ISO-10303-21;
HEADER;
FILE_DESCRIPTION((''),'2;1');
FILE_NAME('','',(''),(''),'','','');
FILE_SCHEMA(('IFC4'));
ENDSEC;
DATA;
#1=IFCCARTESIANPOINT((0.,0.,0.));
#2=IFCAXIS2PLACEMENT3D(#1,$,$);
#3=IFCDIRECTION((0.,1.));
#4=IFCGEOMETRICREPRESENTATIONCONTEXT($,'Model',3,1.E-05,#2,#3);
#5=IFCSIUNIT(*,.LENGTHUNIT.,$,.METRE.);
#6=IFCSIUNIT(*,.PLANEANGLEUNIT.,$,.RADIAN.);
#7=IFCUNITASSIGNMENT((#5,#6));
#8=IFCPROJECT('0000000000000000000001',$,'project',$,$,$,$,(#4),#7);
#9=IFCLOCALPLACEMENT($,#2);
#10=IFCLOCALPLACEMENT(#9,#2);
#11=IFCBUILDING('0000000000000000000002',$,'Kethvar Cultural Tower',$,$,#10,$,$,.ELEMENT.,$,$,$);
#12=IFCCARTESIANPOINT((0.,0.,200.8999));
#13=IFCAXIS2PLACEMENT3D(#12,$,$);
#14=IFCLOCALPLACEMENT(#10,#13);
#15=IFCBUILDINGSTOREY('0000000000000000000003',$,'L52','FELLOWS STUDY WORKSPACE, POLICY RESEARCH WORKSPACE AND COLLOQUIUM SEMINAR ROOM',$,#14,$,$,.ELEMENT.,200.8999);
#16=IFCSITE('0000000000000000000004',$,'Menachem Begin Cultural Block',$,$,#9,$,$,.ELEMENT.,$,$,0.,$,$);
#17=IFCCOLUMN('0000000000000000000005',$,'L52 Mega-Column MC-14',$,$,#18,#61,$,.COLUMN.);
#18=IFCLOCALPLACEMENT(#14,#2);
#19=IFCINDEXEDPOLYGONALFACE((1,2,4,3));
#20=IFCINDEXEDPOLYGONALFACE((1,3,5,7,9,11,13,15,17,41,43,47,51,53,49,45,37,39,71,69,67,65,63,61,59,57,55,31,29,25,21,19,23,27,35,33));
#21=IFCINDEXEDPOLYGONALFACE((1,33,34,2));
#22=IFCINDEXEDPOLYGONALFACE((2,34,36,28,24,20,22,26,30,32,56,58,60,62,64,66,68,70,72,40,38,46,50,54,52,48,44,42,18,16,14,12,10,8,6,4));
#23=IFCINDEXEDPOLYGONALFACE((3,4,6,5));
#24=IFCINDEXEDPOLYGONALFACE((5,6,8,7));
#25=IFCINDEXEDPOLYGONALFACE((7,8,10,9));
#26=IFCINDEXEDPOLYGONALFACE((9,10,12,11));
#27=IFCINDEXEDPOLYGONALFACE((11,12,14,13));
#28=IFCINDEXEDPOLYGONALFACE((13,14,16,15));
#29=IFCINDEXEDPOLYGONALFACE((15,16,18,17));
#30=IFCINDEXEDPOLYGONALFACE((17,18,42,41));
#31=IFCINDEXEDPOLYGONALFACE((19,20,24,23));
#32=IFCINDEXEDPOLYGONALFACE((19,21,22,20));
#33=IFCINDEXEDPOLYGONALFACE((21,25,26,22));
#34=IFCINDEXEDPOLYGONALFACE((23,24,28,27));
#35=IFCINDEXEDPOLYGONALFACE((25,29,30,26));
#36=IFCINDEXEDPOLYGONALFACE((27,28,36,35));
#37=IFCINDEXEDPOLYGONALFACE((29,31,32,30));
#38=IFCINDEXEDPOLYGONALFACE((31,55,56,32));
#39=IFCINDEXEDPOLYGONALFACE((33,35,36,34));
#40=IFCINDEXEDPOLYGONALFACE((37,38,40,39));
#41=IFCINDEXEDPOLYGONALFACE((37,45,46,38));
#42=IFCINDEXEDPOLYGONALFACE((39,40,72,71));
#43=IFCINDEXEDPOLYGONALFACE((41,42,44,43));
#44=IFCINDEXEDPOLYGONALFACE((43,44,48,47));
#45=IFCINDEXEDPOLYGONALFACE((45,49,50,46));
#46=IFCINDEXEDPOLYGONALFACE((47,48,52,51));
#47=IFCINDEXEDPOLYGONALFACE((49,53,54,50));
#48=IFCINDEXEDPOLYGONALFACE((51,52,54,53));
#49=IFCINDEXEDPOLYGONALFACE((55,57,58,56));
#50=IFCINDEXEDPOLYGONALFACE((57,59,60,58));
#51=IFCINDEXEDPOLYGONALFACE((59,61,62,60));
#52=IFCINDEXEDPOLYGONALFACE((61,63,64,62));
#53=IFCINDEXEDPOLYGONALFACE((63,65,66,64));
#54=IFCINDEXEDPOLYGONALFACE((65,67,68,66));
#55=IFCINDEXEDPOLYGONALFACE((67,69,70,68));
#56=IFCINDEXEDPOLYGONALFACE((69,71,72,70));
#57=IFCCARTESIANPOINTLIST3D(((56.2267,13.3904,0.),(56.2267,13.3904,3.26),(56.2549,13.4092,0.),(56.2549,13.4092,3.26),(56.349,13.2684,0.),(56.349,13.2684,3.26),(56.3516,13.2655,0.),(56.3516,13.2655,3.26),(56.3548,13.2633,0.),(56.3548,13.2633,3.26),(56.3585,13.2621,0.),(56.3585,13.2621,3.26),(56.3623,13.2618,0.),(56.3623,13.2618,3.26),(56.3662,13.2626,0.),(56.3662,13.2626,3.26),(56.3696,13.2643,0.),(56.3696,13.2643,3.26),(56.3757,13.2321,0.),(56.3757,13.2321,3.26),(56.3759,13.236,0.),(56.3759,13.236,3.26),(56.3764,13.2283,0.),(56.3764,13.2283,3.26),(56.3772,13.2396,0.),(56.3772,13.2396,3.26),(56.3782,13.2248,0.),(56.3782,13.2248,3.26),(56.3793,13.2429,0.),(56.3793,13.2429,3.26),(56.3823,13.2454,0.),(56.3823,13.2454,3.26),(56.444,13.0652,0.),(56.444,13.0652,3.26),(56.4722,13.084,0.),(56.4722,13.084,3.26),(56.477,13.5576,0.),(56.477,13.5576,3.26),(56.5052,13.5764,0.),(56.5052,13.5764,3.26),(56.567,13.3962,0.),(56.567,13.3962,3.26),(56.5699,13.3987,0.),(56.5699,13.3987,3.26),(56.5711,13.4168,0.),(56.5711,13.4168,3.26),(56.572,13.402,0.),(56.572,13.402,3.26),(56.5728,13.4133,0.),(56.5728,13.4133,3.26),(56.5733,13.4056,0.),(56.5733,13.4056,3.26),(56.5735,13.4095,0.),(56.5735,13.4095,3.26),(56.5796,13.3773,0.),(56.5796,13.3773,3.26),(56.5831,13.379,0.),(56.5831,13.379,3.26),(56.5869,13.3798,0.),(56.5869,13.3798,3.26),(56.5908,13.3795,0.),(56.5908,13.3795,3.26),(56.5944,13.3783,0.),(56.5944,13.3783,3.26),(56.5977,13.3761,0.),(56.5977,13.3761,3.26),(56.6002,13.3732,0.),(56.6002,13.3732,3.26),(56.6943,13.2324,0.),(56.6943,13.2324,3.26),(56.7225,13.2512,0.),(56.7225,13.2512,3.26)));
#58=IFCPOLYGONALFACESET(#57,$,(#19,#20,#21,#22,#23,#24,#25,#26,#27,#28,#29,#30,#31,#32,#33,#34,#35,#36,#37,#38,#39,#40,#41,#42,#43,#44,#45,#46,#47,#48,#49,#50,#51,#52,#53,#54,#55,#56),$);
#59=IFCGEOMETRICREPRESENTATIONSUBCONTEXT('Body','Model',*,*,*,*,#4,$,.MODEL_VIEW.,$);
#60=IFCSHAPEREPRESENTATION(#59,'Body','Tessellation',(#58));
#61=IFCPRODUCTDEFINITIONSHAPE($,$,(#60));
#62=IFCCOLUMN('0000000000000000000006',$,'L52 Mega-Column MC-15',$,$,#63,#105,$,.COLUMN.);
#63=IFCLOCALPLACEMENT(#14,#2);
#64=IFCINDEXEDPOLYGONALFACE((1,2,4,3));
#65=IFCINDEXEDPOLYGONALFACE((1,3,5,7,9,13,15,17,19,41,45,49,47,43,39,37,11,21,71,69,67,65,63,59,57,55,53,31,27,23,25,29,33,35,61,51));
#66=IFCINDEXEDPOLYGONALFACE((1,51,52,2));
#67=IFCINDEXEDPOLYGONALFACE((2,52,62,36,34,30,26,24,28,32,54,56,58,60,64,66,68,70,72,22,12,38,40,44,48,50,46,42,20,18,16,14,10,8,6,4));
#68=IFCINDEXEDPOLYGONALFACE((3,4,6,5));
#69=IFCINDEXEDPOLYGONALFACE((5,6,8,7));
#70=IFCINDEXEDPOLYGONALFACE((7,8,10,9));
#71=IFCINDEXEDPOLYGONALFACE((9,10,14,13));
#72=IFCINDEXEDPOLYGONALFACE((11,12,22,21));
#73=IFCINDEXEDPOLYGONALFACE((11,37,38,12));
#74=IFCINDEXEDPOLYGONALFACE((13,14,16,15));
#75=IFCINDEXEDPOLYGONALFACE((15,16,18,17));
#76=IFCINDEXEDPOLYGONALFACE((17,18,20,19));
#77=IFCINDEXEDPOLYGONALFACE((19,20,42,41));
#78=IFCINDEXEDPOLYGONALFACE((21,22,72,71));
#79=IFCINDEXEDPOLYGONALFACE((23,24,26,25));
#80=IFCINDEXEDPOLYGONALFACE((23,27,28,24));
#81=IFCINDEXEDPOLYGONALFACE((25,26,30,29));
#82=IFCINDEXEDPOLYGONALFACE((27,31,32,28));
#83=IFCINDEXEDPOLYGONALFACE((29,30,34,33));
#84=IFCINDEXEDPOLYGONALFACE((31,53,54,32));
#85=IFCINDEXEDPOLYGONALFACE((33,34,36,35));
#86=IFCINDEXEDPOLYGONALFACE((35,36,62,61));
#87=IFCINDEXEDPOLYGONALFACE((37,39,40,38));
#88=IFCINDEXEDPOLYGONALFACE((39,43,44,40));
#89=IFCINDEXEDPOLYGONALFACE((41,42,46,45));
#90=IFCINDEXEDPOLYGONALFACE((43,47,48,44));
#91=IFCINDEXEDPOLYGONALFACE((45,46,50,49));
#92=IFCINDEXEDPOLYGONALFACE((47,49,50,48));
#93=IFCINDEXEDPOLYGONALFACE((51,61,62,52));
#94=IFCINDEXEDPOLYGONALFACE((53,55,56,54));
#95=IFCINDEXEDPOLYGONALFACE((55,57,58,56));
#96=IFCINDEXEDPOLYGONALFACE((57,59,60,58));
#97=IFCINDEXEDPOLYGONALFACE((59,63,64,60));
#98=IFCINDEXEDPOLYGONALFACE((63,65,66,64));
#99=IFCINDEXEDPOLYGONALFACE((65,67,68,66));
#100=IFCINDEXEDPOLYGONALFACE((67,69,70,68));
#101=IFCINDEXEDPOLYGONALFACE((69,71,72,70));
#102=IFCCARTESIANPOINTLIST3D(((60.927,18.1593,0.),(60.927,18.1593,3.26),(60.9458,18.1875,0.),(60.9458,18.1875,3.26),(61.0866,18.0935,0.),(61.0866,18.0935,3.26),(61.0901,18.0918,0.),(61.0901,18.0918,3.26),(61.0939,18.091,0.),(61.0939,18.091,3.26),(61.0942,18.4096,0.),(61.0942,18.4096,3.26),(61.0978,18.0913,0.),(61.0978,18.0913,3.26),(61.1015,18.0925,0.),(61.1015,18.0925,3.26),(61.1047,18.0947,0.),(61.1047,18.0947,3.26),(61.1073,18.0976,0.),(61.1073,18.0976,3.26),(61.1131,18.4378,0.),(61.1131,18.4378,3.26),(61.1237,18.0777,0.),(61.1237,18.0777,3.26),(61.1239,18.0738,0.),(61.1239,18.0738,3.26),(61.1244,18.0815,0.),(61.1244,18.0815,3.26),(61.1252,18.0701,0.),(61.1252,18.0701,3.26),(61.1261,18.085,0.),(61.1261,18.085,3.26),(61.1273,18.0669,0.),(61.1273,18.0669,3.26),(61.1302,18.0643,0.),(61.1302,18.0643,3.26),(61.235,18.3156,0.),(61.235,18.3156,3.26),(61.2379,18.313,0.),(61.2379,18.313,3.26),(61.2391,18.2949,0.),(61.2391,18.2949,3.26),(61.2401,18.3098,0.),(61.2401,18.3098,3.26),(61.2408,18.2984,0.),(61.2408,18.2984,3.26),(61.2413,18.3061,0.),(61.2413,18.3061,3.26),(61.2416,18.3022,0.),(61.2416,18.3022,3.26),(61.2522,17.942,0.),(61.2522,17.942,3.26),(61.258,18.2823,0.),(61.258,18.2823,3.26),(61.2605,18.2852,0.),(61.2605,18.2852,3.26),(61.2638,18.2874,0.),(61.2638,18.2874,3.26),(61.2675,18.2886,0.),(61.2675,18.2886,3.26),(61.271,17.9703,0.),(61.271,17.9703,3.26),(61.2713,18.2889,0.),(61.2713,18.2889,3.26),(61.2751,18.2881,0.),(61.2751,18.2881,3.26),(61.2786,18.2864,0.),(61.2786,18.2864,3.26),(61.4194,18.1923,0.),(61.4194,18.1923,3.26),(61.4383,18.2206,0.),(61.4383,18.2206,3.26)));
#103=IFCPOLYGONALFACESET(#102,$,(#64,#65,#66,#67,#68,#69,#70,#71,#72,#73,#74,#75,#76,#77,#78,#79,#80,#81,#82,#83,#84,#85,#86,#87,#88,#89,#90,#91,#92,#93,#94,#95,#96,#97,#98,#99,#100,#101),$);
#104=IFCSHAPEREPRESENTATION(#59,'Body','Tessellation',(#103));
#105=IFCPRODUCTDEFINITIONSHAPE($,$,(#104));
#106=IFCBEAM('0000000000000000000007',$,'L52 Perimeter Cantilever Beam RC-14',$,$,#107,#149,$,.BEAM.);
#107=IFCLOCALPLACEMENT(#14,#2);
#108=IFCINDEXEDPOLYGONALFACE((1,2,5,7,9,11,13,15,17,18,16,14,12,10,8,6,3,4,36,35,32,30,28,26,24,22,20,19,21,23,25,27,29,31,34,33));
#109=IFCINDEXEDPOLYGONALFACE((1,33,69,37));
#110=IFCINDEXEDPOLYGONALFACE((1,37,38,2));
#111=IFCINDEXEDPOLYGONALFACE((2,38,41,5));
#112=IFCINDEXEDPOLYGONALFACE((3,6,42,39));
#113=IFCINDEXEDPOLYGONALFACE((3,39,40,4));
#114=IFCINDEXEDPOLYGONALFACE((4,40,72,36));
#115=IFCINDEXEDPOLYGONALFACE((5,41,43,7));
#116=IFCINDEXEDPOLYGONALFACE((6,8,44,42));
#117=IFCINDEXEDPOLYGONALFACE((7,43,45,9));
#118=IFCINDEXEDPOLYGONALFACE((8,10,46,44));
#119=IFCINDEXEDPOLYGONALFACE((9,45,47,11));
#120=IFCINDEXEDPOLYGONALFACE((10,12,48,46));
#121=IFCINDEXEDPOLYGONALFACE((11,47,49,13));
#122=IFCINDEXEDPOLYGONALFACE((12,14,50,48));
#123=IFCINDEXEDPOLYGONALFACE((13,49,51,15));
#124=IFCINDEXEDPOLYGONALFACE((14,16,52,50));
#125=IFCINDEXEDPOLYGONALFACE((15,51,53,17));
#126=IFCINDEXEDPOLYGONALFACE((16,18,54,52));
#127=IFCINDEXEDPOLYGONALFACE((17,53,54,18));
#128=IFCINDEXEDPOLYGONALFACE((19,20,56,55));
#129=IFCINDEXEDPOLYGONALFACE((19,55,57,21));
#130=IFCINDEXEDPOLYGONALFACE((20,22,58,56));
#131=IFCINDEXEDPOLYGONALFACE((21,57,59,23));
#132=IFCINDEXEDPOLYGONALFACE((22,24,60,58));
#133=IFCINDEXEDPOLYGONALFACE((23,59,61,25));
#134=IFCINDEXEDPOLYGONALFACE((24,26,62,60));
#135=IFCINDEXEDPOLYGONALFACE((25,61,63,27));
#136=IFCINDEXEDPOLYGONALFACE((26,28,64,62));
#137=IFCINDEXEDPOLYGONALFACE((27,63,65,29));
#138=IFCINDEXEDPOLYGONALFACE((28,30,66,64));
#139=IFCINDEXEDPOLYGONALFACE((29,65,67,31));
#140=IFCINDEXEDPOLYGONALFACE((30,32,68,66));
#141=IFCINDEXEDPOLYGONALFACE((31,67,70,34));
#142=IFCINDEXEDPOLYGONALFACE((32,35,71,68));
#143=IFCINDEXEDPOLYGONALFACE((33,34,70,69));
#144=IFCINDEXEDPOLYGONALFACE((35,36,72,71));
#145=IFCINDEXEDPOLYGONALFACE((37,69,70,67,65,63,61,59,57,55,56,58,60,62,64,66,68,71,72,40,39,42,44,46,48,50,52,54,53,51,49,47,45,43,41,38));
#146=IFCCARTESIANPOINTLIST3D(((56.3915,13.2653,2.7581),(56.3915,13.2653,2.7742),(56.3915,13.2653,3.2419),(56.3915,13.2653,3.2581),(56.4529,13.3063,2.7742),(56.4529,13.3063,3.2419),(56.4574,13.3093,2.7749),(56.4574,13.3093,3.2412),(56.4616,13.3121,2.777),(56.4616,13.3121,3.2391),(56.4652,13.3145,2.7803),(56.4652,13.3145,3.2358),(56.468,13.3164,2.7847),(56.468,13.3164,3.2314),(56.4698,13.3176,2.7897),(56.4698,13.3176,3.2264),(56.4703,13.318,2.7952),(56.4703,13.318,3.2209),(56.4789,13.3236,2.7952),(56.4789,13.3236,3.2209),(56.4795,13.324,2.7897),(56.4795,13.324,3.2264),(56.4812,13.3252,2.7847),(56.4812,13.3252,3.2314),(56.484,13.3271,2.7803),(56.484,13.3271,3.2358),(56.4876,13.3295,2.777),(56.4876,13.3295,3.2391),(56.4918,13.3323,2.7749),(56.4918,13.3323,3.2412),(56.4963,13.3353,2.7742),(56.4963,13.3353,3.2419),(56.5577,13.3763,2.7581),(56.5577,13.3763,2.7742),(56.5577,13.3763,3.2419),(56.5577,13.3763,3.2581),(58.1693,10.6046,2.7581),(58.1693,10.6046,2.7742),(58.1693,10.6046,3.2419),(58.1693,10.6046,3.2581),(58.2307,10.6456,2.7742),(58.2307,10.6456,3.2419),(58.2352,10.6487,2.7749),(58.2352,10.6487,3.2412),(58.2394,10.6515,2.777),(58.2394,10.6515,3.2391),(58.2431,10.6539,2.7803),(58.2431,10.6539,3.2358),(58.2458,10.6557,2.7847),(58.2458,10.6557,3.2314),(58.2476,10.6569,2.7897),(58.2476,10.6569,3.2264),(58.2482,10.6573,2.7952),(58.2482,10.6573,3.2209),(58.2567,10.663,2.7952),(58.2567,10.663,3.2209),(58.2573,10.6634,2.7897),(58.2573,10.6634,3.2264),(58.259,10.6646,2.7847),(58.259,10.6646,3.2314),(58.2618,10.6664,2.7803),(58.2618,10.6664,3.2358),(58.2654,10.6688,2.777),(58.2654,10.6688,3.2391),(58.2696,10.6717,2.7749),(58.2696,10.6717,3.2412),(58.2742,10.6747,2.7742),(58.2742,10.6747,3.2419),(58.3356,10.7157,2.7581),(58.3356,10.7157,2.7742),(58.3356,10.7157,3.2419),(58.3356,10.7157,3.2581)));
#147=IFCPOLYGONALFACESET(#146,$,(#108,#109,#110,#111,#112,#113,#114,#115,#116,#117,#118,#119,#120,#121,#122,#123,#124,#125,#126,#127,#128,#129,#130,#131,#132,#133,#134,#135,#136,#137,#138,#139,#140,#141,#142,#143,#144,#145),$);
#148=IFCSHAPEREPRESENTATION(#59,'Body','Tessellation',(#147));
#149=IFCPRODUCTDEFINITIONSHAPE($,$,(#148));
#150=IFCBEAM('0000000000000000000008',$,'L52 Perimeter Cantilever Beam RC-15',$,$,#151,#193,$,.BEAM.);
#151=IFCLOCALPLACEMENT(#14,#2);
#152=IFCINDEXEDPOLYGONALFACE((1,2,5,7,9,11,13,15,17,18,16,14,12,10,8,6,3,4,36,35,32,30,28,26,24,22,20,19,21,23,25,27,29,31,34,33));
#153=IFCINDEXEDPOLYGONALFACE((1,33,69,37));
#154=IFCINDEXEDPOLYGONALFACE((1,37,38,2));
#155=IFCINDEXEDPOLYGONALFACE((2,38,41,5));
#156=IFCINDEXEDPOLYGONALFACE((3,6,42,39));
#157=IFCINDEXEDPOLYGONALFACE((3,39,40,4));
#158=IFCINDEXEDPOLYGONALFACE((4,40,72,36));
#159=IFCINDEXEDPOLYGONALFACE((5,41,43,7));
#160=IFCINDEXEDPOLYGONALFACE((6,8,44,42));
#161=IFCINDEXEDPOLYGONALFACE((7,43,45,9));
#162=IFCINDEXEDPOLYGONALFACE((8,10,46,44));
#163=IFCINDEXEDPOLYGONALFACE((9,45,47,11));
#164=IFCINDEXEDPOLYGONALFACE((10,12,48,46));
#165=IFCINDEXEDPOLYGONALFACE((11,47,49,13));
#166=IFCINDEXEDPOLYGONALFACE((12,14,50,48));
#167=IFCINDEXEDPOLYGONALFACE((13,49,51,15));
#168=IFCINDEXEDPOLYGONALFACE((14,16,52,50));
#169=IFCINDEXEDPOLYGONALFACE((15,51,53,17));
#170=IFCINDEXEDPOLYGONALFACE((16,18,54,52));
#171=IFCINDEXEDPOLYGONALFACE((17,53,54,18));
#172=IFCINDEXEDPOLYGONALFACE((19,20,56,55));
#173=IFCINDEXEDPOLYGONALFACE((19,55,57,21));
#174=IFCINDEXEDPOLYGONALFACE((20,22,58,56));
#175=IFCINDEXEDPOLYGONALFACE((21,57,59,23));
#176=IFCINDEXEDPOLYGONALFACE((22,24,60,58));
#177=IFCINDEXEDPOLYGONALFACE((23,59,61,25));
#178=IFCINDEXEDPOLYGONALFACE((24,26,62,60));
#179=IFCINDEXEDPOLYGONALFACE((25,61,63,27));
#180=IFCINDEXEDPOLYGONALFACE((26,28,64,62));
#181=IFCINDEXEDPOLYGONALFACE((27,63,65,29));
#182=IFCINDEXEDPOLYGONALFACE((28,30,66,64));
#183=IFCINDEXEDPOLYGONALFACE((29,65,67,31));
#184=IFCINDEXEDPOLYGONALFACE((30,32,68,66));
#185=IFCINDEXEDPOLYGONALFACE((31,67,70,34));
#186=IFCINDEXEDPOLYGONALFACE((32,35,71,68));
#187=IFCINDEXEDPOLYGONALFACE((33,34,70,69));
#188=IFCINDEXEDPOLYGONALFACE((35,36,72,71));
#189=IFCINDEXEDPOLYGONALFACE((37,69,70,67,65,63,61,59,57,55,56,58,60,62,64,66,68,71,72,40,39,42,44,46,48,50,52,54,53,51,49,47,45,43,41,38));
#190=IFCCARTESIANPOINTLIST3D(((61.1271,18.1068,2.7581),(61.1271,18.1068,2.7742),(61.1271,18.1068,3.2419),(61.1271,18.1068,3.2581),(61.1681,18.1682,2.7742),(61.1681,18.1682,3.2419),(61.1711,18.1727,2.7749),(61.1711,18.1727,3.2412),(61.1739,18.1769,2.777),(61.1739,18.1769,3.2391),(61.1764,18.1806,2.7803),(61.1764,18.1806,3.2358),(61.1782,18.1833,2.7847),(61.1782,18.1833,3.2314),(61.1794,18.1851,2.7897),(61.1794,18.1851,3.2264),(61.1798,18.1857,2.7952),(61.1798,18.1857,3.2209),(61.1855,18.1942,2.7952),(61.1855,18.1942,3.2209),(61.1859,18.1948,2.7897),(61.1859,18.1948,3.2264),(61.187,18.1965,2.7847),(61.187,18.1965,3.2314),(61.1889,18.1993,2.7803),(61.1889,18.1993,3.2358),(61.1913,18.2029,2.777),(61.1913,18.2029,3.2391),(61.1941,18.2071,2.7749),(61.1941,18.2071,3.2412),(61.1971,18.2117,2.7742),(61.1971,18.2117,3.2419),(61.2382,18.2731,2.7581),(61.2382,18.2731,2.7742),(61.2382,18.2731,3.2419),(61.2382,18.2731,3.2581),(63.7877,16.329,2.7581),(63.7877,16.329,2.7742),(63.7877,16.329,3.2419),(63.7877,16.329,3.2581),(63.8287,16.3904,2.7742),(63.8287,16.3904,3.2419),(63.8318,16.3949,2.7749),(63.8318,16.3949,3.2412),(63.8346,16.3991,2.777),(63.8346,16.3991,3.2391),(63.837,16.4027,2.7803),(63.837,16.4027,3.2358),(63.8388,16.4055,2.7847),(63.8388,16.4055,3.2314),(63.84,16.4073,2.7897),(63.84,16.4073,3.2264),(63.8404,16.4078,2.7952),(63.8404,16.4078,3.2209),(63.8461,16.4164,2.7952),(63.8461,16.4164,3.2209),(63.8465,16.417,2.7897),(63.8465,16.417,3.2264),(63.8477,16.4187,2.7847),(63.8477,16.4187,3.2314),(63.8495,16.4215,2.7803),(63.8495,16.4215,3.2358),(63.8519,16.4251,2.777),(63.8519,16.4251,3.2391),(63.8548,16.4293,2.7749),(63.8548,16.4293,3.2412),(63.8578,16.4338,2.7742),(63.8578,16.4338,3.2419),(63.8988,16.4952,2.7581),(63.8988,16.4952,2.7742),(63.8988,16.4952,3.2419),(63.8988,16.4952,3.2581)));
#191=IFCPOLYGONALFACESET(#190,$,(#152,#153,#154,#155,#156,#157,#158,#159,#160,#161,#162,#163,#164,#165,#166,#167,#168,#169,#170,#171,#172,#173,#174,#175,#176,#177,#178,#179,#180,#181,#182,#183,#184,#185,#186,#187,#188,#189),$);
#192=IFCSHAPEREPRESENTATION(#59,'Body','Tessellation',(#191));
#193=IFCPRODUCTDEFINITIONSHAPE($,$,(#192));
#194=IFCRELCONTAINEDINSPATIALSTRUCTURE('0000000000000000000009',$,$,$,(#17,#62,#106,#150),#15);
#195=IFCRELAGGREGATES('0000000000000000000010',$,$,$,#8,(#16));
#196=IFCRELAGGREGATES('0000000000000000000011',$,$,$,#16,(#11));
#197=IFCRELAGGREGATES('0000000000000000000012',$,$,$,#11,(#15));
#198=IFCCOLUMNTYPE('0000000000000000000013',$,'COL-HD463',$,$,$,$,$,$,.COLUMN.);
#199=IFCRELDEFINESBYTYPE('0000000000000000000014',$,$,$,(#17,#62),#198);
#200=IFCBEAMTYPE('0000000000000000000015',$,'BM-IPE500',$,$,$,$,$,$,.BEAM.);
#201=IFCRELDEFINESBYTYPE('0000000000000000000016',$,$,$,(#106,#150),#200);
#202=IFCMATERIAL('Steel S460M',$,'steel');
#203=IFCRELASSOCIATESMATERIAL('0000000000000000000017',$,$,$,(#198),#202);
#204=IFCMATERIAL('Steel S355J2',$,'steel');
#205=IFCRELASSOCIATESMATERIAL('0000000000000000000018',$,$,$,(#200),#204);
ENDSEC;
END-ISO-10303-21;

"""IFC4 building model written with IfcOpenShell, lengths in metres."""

from ifc_helpers import new_model, si_unit, direction, frame, origin, origin_2d, place, context, subcontext, project, spatial, i_section, extrude, source, transform, mapped, material, material_profile, profile_set, type_object, element, save


model = new_model("IFC4")

# Units and contexts
model_context = context("Model", 3, precision=1e-05, world=origin(), true_north=direction((0.0, 1.0)))
body_context = subcontext(model_context, "Body", "Model", "MODEL_VIEW")
ifc_project = project(units=[si_unit("LENGTHUNIT", "METRE"), si_unit("PLANEANGLEUNIT", "RADIAN")], contexts=[model_context])

# Site, building, storey
site_placement = place(None, origin())
site = spatial("IfcSite", under=ifc_project, at=site_placement, Name="Menachem Begin Cultural Block", CompositionType="ELEMENT", RefElevation=0.0)
building_placement = place(site_placement, origin())
building = spatial("IfcBuilding", under=site, at=building_placement, Name="Kethvar Cultural Tower", CompositionType="ELEMENT")
storey_placement = place(building_placement, frame((0.0, 0.0, 200.8999)))
storey = spatial("IfcBuildingStorey", under=building, at=storey_placement, Name="L52", Description="FELLOWS STUDY WORKSPACE, POLICY RESEARCH WORKSPACE AND COLLOQUIUM SEMINAR ROOM", CompositionType="ELEMENT", Elevation=200.8999)

# Columns
ifc_material_1 = material(Name="Steel S460M", Category="steel")
ifc_material_profile_1 = material_profile(ifc_material_1, i_section(OverallWidth=0.3911, OverallDepth=0.335, WebThickness=0.0227, FlangeThickness=0.0339, FilletRadius=0.0149, at=origin_2d()), Name="Steel S460M — HD400x463")
ifc_profile_set_1 = profile_set([ifc_material_profile_1], Name="Steel S460M — HD400x463")
column_type = type_object("IfcColumnType", Name="COL-HD463", PredefinedType="COLUMN", material=ifc_profile_set_1)
shared_shape_1 = source(origin(), body_context, "Body", "SweptSolid", [
    extrude(i_section(OverallWidth=0.3911, OverallDepth=0.335, WebThickness=0.0227, FlangeThickness=0.0339, FilletRadius=0.0149, at=origin_2d()), origin(), (0.0, 0.0, 1.0), 3.26),
])
for number, where, z_axis, x_axis, name in (
    (1, (56.4746, 13.3208, 0.0), (0.0, 0.0, 1.0), (0.55557, -0.83147, 0.0), "L52 Mega-Column MC-14"),
    (2, (61.1826, 18.1899, 0.0), (0.0, 0.0, 1.0), (0.83147, -0.55557, 0.0), "L52 Mega-Column MC-15"),
):
    element("IfcColumn", number, at=place(storey_placement, frame(where, z_axis=z_axis, x_axis=x_axis)), inside=storey, type_object=column_type, Name=name, PredefinedType="COLUMN", context=body_context, shape_type="MappedRepresentation", body=[
        mapped(shared_shape_1, transform((0.0, 0.0, 0.0), scale=1.0)),
    ])

# Beams
ifc_material_2 = material(Name="Steel S355J2", Category="steel")
ifc_material_profile_2 = material_profile(ifc_material_2, i_section(OverallWidth=0.2, OverallDepth=0.5, WebThickness=0.0103, FlangeThickness=0.0161, FilletRadius=0.021, at=origin_2d()), Name="Steel S355J2 — IPE500")
ifc_profile_set_2 = profile_set([ifc_material_profile_2], Name="Steel S355J2 — IPE500")
beam_type_1 = type_object("IfcBeamType", Name="BM-IPE500", PredefinedType="BEAM", material=ifc_profile_set_2)
shared_shape_2 = source(origin(), body_context, "Body", "SweptSolid", [
    extrude(i_section(OverallWidth=0.2, OverallDepth=0.5, WebThickness=0.0103, FlangeThickness=0.0161, FilletRadius=0.021, at=origin_2d()), origin(), (0.0, 0.0, 1.0), 3.2),
])
for number, where, z_axis, x_axis, name in (
    (3, (56.4746, 13.3208, 3.0081), (0.55558, -0.831463, 0.0), (0.831463, 0.55558, 0.0), "L52 Perimeter Cantilever Beam RC-14"),
    (4, (61.1826, 18.1899, 3.0081), (0.831463, -0.55558, 0.0), (0.55558, 0.831463, 0.0), "L52 Perimeter Cantilever Beam RC-15"),
):
    element("IfcBeam", number, at=place(storey_placement, frame(where, z_axis=z_axis, x_axis=x_axis)), inside=storey, type_object=beam_type_1, Name=name, PredefinedType="BEAM", context=body_context, shape_type="MappedRepresentation", body=[
        mapped(shared_shape_2, transform((0.0, 0.0, 0.0), scale=1.0)),
    ])

save(model, "model.ifc")
